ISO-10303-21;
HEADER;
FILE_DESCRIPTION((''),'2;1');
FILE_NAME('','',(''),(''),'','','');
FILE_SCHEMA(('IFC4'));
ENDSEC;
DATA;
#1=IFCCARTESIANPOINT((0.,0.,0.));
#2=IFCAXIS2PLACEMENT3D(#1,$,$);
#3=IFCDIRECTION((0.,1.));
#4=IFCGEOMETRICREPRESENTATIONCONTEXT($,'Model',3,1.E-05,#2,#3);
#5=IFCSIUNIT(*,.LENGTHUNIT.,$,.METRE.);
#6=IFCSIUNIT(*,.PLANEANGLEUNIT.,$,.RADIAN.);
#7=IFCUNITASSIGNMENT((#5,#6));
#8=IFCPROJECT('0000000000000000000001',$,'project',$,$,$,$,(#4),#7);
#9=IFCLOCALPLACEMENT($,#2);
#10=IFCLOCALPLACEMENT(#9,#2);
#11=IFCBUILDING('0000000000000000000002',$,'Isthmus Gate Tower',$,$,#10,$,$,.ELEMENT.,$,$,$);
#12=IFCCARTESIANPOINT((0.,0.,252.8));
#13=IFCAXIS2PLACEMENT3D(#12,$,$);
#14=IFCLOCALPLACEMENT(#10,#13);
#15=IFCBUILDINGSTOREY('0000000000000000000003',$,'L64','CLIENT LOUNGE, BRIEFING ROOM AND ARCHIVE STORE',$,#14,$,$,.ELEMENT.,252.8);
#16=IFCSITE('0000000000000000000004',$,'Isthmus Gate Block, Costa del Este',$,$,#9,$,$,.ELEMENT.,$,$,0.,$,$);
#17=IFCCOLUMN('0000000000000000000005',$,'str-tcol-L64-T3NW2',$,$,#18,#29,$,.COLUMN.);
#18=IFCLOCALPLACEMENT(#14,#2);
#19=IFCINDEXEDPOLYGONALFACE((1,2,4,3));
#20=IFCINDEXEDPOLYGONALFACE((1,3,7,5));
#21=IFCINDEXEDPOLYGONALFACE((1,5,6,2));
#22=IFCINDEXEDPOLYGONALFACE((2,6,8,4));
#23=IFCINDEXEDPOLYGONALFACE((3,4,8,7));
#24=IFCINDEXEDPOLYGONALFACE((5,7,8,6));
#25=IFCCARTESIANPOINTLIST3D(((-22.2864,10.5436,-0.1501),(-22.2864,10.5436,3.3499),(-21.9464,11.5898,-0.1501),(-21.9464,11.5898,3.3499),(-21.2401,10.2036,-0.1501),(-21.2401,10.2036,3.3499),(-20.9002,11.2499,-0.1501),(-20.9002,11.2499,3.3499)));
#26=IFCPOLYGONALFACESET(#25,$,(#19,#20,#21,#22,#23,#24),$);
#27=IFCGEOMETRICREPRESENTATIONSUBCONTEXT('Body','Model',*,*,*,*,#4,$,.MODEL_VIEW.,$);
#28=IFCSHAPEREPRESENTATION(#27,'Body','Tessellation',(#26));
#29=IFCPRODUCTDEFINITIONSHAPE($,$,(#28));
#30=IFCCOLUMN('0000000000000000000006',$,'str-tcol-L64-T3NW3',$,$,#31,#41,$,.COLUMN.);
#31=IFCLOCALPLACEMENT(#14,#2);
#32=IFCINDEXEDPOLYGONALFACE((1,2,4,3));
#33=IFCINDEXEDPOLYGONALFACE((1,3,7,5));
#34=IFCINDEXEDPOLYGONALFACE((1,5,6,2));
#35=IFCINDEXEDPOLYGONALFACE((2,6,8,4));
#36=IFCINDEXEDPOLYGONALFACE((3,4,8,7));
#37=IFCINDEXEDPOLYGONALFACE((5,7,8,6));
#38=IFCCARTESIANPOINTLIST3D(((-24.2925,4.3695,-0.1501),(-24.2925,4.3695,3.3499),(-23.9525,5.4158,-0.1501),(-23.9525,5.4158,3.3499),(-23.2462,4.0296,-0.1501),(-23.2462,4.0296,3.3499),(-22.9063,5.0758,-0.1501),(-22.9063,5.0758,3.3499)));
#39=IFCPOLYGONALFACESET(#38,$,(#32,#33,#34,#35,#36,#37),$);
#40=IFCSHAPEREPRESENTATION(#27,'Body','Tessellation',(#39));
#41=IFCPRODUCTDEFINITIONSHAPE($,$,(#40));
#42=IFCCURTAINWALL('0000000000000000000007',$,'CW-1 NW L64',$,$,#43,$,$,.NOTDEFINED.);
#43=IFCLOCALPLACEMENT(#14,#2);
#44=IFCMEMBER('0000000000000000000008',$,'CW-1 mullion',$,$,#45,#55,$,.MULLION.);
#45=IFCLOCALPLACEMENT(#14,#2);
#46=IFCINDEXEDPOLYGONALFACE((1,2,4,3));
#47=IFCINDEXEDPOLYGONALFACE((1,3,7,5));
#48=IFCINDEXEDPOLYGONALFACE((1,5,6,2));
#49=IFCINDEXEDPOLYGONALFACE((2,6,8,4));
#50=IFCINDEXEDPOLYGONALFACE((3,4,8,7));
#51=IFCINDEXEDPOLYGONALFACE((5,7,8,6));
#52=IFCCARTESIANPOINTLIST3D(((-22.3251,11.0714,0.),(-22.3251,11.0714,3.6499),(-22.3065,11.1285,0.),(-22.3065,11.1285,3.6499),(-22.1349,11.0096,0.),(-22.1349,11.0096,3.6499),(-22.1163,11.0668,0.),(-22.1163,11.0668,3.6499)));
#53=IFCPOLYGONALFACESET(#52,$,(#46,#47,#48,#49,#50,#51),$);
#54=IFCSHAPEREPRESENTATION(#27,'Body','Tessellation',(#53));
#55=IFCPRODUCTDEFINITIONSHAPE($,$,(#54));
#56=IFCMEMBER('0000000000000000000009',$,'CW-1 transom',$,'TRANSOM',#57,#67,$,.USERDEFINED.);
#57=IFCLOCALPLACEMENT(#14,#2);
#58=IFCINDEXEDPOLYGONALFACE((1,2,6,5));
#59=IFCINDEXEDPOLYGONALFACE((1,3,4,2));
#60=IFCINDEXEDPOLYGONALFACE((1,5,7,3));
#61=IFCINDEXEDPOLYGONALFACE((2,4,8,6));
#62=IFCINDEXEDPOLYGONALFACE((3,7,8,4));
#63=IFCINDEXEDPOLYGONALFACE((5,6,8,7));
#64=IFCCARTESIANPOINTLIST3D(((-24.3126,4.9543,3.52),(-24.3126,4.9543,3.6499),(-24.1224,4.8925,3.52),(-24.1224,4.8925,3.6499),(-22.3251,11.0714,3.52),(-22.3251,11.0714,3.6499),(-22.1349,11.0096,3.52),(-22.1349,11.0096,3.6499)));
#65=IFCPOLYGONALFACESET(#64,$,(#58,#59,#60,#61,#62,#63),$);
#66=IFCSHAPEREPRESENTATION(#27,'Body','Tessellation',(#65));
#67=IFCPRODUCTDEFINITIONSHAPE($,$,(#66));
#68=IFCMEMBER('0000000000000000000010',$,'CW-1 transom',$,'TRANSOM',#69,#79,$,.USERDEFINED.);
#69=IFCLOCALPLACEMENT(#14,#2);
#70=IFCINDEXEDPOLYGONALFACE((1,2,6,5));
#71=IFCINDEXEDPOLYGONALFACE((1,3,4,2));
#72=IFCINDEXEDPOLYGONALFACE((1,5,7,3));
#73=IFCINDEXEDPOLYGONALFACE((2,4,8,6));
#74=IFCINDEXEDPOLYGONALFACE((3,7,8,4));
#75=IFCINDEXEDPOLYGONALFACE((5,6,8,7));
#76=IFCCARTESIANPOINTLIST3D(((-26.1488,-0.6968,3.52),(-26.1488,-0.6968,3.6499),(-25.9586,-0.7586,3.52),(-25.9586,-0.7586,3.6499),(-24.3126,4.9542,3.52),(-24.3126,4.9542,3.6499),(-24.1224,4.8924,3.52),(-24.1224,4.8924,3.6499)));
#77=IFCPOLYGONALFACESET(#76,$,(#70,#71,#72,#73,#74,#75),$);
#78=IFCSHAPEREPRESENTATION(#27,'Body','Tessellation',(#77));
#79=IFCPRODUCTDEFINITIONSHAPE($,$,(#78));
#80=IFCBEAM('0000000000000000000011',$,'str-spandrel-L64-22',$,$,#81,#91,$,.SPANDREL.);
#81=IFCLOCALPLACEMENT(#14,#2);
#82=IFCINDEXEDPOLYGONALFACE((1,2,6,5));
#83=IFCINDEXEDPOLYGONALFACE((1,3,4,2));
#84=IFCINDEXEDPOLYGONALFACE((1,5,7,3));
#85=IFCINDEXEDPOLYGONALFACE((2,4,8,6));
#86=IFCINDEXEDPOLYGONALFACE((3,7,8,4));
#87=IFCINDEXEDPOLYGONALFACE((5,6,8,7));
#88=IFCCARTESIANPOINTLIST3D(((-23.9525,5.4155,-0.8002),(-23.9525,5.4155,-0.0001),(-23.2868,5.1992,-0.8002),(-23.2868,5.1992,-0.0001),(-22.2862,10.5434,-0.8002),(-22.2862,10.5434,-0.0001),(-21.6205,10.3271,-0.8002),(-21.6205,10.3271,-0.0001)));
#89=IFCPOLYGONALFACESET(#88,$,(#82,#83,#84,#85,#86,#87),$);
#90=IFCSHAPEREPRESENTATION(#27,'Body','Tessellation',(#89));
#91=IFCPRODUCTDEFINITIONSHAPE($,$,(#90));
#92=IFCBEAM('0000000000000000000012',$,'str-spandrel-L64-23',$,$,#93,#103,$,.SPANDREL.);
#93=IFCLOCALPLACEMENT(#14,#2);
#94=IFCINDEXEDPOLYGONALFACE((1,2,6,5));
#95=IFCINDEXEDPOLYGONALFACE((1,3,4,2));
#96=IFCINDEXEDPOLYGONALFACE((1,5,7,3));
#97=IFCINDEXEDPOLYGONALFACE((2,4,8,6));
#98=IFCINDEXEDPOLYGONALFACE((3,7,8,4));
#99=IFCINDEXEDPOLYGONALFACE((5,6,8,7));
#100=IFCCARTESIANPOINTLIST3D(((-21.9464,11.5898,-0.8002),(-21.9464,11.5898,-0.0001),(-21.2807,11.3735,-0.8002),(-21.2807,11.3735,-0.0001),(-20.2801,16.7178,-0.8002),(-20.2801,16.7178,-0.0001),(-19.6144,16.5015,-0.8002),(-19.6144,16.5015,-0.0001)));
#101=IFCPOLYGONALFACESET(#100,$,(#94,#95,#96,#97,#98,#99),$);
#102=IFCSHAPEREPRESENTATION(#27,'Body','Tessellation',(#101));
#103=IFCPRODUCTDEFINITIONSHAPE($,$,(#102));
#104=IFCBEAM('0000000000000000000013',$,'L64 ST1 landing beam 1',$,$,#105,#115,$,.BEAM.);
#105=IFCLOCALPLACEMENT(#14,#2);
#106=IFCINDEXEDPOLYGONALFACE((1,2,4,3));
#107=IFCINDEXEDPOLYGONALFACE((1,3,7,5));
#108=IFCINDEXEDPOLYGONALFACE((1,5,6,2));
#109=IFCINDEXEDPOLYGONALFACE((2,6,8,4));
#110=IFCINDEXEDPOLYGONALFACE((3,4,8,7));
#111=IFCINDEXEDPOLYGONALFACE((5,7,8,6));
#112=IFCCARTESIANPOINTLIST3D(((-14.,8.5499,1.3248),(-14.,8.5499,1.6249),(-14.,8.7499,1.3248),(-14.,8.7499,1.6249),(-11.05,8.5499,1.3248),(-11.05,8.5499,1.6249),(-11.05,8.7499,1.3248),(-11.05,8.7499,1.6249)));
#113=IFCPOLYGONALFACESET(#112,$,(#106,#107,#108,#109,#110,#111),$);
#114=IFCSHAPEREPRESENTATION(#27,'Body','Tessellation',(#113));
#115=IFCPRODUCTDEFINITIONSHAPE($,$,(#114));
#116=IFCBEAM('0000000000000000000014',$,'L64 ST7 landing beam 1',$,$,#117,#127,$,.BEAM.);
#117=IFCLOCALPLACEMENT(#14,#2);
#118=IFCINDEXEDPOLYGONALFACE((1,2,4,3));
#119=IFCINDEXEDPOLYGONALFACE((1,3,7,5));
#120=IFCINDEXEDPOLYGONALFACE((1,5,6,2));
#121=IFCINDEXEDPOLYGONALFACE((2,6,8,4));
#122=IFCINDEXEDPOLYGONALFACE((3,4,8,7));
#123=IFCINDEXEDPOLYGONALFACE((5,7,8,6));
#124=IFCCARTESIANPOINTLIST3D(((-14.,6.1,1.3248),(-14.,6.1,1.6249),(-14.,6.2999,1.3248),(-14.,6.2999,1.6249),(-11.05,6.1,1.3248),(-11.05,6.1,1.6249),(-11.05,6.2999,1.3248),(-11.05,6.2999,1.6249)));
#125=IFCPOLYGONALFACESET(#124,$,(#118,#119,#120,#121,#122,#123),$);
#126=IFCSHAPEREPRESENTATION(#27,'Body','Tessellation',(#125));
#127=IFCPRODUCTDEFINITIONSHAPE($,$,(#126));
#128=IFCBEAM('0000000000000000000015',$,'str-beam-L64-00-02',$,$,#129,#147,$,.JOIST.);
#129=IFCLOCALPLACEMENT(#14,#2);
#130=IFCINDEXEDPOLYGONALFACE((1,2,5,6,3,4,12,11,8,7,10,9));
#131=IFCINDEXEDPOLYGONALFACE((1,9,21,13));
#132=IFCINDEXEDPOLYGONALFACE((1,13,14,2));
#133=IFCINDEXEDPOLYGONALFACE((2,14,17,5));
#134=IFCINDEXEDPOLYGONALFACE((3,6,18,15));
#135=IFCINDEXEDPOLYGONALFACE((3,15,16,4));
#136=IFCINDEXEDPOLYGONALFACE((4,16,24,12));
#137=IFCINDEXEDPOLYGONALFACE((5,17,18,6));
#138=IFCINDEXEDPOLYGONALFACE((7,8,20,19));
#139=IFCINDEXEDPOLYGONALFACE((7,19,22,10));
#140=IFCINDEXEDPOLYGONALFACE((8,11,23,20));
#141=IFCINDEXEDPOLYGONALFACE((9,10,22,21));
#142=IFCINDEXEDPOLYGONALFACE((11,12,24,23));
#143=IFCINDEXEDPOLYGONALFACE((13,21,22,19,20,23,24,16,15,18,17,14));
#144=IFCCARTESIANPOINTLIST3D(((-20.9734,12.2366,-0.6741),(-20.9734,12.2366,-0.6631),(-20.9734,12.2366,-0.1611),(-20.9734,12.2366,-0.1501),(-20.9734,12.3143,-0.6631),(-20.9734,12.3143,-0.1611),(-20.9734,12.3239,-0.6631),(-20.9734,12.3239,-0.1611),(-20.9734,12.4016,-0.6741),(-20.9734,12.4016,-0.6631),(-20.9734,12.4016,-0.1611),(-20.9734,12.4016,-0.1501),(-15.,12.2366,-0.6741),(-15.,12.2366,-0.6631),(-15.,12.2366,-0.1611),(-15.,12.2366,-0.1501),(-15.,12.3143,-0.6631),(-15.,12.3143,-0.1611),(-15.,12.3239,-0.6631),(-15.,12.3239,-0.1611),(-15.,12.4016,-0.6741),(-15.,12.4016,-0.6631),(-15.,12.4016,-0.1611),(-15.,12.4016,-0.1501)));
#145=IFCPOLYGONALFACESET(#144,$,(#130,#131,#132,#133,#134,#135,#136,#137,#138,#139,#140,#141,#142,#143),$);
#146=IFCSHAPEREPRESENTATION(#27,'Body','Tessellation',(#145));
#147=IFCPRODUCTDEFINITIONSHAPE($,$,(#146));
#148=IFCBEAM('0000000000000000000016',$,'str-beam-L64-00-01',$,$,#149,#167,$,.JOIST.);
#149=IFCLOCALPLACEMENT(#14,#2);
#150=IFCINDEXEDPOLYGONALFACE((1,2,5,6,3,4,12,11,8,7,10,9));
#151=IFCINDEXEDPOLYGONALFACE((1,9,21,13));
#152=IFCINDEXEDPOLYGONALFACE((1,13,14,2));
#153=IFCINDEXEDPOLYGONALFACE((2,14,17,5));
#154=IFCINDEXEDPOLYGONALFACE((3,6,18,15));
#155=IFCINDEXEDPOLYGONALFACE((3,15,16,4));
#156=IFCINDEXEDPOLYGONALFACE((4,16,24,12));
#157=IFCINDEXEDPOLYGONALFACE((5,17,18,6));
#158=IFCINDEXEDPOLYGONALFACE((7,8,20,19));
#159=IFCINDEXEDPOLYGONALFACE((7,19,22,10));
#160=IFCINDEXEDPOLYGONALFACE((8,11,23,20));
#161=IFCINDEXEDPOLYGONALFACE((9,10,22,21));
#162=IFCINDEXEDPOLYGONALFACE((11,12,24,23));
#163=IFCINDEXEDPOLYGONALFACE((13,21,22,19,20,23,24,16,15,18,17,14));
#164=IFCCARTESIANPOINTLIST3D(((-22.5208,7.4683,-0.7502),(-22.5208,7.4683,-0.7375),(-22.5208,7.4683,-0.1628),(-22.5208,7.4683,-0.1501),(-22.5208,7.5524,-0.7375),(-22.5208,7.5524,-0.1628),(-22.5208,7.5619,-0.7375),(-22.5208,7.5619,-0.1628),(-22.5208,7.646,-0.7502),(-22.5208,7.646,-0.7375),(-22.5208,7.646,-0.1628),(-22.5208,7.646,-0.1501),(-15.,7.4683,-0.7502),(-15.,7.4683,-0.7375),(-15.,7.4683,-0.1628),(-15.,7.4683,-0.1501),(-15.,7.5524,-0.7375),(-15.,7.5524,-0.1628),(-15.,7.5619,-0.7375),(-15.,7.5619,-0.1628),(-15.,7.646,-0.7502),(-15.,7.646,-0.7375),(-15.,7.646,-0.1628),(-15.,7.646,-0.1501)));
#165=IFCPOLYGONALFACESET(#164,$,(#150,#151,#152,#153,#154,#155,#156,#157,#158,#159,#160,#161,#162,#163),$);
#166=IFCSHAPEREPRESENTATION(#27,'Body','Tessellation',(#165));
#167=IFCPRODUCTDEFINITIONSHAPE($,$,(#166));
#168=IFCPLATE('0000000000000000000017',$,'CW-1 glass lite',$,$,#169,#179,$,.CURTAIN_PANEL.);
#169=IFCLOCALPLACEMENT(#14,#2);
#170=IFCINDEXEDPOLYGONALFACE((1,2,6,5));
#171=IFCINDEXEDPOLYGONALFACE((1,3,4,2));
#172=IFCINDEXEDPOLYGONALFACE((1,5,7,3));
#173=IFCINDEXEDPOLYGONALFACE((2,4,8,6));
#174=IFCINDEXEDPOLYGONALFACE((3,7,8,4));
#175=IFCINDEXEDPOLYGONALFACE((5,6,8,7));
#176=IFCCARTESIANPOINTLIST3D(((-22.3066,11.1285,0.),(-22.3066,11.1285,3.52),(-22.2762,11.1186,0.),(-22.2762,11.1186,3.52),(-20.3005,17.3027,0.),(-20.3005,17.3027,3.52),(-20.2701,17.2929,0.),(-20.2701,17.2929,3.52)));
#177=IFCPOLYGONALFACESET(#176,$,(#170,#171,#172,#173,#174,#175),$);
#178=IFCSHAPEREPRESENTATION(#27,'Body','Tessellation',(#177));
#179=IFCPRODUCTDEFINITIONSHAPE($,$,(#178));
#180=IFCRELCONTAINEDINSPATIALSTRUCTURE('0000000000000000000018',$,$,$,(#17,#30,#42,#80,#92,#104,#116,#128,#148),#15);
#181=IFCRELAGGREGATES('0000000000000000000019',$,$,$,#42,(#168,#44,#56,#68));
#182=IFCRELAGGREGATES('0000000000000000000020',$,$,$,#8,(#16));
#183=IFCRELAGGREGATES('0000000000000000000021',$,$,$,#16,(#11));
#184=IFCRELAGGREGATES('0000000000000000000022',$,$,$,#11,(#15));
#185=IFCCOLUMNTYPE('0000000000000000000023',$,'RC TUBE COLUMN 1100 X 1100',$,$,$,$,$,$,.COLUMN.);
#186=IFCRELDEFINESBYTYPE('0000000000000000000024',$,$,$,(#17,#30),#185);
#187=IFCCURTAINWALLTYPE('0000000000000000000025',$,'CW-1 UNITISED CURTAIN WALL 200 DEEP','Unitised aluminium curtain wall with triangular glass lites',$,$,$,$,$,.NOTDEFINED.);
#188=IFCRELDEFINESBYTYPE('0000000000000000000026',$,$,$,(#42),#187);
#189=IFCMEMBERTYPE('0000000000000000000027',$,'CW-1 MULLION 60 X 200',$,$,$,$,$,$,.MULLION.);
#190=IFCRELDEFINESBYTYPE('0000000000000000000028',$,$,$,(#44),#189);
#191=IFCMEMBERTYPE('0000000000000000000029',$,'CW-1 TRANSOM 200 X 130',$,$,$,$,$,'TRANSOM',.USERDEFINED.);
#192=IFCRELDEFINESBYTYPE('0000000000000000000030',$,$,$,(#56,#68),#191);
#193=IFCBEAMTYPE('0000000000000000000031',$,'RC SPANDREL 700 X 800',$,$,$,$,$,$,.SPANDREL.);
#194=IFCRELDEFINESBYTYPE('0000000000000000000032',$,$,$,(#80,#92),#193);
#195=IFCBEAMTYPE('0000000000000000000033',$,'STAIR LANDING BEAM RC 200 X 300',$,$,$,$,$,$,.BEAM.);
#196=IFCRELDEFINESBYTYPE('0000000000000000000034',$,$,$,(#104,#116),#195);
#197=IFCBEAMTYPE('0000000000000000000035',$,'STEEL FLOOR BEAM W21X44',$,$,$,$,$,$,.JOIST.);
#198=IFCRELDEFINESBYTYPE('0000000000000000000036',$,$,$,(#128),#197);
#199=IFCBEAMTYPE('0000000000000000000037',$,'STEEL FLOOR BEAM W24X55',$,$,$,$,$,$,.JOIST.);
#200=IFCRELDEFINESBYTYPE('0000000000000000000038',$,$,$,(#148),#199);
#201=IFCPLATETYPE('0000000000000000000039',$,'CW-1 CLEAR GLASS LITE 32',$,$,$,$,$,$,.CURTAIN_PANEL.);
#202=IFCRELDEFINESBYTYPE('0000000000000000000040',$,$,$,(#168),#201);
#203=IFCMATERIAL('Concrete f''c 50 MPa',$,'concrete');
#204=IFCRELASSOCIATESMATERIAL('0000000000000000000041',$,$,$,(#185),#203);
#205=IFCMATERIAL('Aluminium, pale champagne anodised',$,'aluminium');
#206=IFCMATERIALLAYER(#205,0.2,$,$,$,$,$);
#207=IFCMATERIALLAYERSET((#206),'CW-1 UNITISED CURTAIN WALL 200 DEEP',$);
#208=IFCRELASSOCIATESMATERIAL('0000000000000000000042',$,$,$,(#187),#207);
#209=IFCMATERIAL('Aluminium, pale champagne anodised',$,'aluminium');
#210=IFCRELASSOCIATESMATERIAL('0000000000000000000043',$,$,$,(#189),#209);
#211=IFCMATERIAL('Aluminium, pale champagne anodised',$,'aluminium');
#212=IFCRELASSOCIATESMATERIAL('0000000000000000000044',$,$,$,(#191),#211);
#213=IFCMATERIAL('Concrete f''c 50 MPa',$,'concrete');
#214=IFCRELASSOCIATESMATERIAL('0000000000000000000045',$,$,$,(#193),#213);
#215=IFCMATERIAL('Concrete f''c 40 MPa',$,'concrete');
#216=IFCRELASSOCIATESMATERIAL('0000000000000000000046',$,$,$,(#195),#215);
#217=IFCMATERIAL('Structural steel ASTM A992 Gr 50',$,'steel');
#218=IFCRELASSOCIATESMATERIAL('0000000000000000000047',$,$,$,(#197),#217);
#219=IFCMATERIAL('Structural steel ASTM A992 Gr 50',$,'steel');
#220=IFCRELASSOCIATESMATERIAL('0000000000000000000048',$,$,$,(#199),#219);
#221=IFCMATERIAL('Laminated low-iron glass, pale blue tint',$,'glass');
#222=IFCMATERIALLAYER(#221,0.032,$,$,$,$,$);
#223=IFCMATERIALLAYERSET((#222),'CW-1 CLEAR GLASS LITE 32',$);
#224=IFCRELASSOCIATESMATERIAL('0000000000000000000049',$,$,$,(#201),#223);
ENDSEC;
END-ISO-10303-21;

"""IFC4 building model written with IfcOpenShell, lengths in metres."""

from ifc_helpers import new_model, si_unit, direction, frame, origin, origin_2d, place, context, subcontext, project, spatial, rectangle, i_section, extrude, material, layer, layer_set, material_profile, profile_set, type_object, element, aggregate, save


model = new_model("IFC4")

# Units and contexts
model_context = context("Model", 3, precision=1e-05, world=origin(), true_north=direction((0.0, 1.0)))
body_context = subcontext(model_context, "Body", "Model", "MODEL_VIEW")
ifc_project = project(units=[si_unit("LENGTHUNIT", "METRE"), si_unit("PLANEANGLEUNIT", "RADIAN")], contexts=[model_context])

# Site, building, storey
site_placement = place(None, origin())
site = spatial("IfcSite", under=ifc_project, at=site_placement, Name="Isthmus Gate Block, Costa del Este", CompositionType="ELEMENT", RefElevation=0.0)
building_placement = place(site_placement, origin())
building = spatial("IfcBuilding", under=site, at=building_placement, Name="Isthmus Gate Tower", CompositionType="ELEMENT")
storey_placement = place(building_placement, frame((0.0, 0.0, 252.8)))
storey = spatial("IfcBuildingStorey", under=building, at=storey_placement, Name="L64", Description="CLIENT LOUNGE, BRIEFING ROOM AND ARCHIVE STORE", CompositionType="ELEMENT", Elevation=252.8)

# Columns
ifc_material_1 = material(Name="Concrete f'c 50 MPa", Category="concrete")
ifc_material_profile_1 = material_profile(ifc_material_1, rectangle(XDim=1.1001, YDim=1.1001, at=origin_2d()), Name="RC 1100X1100")
ifc_profile_set_1 = profile_set([ifc_material_profile_1], Name="Concrete f'c 50 MPa")
column_type = type_object("IfcColumnType", Name="RC TUBE COLUMN 1100 X 1100", PredefinedType="COLUMN", material=ifc_profile_set_1)
for number, where, z_axis, x_axis, name in (
    (1, (-21.5933, 10.8967, -0.1501), (0.0, 0.0, 1.0), (-0.309017, -0.951057, 0.0), "str-tcol-L64-T3NW2"),
    (2, (-23.5994, 4.7227, -0.1501), (0.0, 0.0, 1.0), (-0.309017, -0.951057, 0.0), "str-tcol-L64-T3NW3"),
):
    element("IfcColumn", number, at=place(storey_placement, frame(where, z_axis=z_axis, x_axis=x_axis)), inside=storey, type_object=column_type, Name=name, PredefinedType="COLUMN", context=body_context, shape_type="SweptSolid", body=[
        extrude(rectangle(XDim=1.1001, YDim=1.1001, at=origin_2d()), origin(), (0.0, 0.0, 1.0), 3.5),
    ])

# Curtain wall, members
ifc_material_2 = material(Name="Aluminium, pale champagne anodised", Category="aluminium")
ifc_layer_1 = layer(ifc_material_2, 0.2)
ifc_layer_set_1 = layer_set([ifc_layer_1], Name="CW-1 UNITISED CURTAIN WALL 200 DEEP")
curtain_wall_type = type_object("IfcCurtainWallType", Name="CW-1 UNITISED CURTAIN WALL 200 DEEP", Description="Unitised aluminium curtain wall with triangular glass lites", PredefinedType="NOTDEFINED", material=ifc_layer_set_1)
curtain_wall_placement = place(storey_placement, origin())
curtain_wall = element("IfcCurtainWall", 3, at=curtain_wall_placement, inside=storey, type_object=curtain_wall_type, Name="CW-1 NW L64", PredefinedType="NOTDEFINED")
ifc_material_3 = material(Name="Aluminium, pale champagne anodised", Category="aluminium")
ifc_material_profile_2 = material_profile(ifc_material_3, rectangle(XDim=0.0601, YDim=0.2, at=origin_2d()), Name="60x200")
ifc_profile_set_2 = profile_set([ifc_material_profile_2], Name="Aluminium, pale champagne anodised")
member_type_1 = type_object("IfcMemberType", Name="CW-1 MULLION 60 X 200", PredefinedType="MULLION", material=ifc_profile_set_2)
member_1_placement = place(storey_placement, frame((-22.2207, 11.0691, 0.0), z_axis=(0.0, 0.0, 1.0), x_axis=(-0.309017, -0.951057, 0.0)))
member_1 = element("IfcMember", 4, at=member_1_placement, type_object=member_type_1, Name="CW-1 mullion", PredefinedType="MULLION", context=body_context, shape_type="SweptSolid", body=[
    extrude(rectangle(XDim=0.0601, YDim=0.2, at=origin_2d()), origin(), (0.0, 0.0, 1.0), 3.6499),
])
ifc_material_4 = material(Name="Aluminium, pale champagne anodised", Category="aluminium")
ifc_material_profile_3 = material_profile(ifc_material_4, rectangle(XDim=0.2, YDim=0.1299, at=origin_2d()), Name="200x130")
ifc_profile_set_3 = profile_set([ifc_material_profile_3], Name="Aluminium, pale champagne anodised")
member_type_2 = type_object("IfcMemberType", Name="CW-1 TRANSOM 200 X 130", ElementType="TRANSOM", PredefinedType="USERDEFINED", material=ifc_profile_set_3)
member_2_placement = place(storey_placement, frame((-22.23, 11.0405, 3.585), z_axis=(-0.309011, -0.951059, 0.0), x_axis=(0.951059, -0.309011, 0.0)))
member_2 = element("IfcMember", 5, at=member_2_placement, type_object=member_type_2, Name="CW-1 transom", ObjectType="TRANSOM", PredefinedType="USERDEFINED", context=body_context, shape_type="SweptSolid", body=[
    extrude(rectangle(XDim=0.2, YDim=0.1299, at=origin_2d()), origin(), (0.0, 0.0, 1.0), 6.4319),
])
member_3_placement = place(storey_placement, frame((-24.2175, 4.9233, 3.585), z_axis=(-0.30902, -0.951056, 0.0), x_axis=(0.951056, -0.30902, 0.0)))
member_3 = element("IfcMember", 6, at=member_3_placement, type_object=member_type_2, Name="CW-1 transom", ObjectType="TRANSOM", PredefinedType="USERDEFINED", context=body_context, shape_type="SweptSolid", body=[
    extrude(rectangle(XDim=0.2, YDim=0.1299, at=origin_2d()), origin(), (0.0, 0.0, 1.0), 5.9419),
])

# Beams
ifc_material_5 = material(Name="Concrete f'c 50 MPa", Category="concrete")
ifc_material_profile_4 = material_profile(ifc_material_5, rectangle(XDim=0.7, YDim=0.8, at=origin_2d()), Name="RC 700X800")
ifc_profile_set_4 = profile_set([ifc_material_profile_4], Name="Concrete f'c 50 MPa")
beam_type_1 = type_object("IfcBeamType", Name="RC SPANDREL 700 X 800", PredefinedType="SPANDREL", material=ifc_profile_set_4)
for number, where, z_axis, x_axis, name in (
    (7, (-23.6196, 5.3074, -0.4001), (0.309033, 0.951051, 0.0), (-0.951051, 0.309033, 0.0), "str-spandrel-L64-22"),
    (8, (-21.6135, 11.4817, -0.4001), (0.309033, 0.951051, 0.0), (-0.951051, 0.309033, 0.0), "str-spandrel-L64-23"),
):
    element("IfcBeam", number, at=place(storey_placement, frame(where, z_axis=z_axis, x_axis=x_axis)), inside=storey, type_object=beam_type_1, Name=name, PredefinedType="SPANDREL", context=body_context, shape_type="SweptSolid", body=[
        extrude(rectangle(XDim=0.7, YDim=0.8, at=origin_2d()), origin(), (0.0, 0.0, 1.0), 5.3918),
    ])
ifc_material_6 = material(Name="Concrete f'c 40 MPa", Category="concrete")
ifc_material_profile_5 = material_profile(ifc_material_6, rectangle(XDim=0.2, YDim=0.3, at=origin_2d()), Name="STAIR LANDING BEAM RC 200 X 300")
ifc_profile_set_5 = profile_set([ifc_material_profile_5], Name="Concrete f'c 40 MPa")
beam_type_2 = type_object("IfcBeamType", Name="STAIR LANDING BEAM RC 200 X 300", PredefinedType="BEAM", material=ifc_profile_set_5)
for number, where, z_axis, x_axis, name in (
    (9, (-14.0, 8.6499, 1.4749), (1.0, 0.0, 0.0), (0.0, 1.0, 0.0), "L64 ST1 landing beam 1"),
    (10, (-14.0, 6.2, 1.4749), (1.0, 0.0, 0.0), (0.0, 1.0, 0.0), "L64 ST7 landing beam 1"),
):
    element("IfcBeam", number, at=place(storey_placement, frame(where, z_axis=z_axis, x_axis=x_axis)), inside=storey, type_object=beam_type_2, Name=name, PredefinedType="BEAM", context=body_context, shape_type="SweptSolid", body=[
        extrude(rectangle(XDim=0.2, YDim=0.3, at=origin_2d()), origin(), (0.0, 0.0, 1.0), 2.95),
    ])
ifc_material_7 = material(Name="Structural steel ASTM A992 Gr 50", Category="steel")
ifc_material_profile_6 = material_profile(ifc_material_7, i_section(OverallWidth=0.165, OverallDepth=0.5239, WebThickness=0.0095, FlangeThickness=0.011, at=origin_2d()), Name="W21X44")
ifc_profile_set_6 = profile_set([ifc_material_profile_6], Name="Structural steel ASTM A992 Gr 50")
beam_type_3 = type_object("IfcBeamType", Name="STEEL FLOOR BEAM W21X44", PredefinedType="JOIST", material=ifc_profile_set_6)
beam_1_placement = place(storey_placement, frame((-20.9734, 12.3191, -0.4121), z_axis=(1.0, 0.0, 0.0), x_axis=(0.0, 1.0, 0.0)))
element("IfcBeam", 11, at=beam_1_placement, inside=storey, type_object=beam_type_3, Name="str-beam-L64-00-02", PredefinedType="JOIST", context=body_context, shape_type="SweptSolid", body=[
    extrude(i_section(OverallWidth=0.165, OverallDepth=0.5239, WebThickness=0.0095, FlangeThickness=0.011, at=origin_2d()), origin(), (0.0, 0.0, 1.0), 5.9734),
])
ifc_material_8 = material(Name="Structural steel ASTM A992 Gr 50", Category="steel")
ifc_material_profile_7 = material_profile(ifc_material_8, i_section(OverallWidth=0.1777, OverallDepth=0.6001, WebThickness=0.0095, FlangeThickness=0.0127, at=origin_2d()), Name="W24X55")
ifc_profile_set_7 = profile_set([ifc_material_profile_7], Name="Structural steel ASTM A992 Gr 50")
beam_type_4 = type_object("IfcBeamType", Name="STEEL FLOOR BEAM W24X55", PredefinedType="JOIST", material=ifc_profile_set_7)
beam_2_placement = place(storey_placement, frame((-22.5208, 7.5571, -0.4502), z_axis=(1.0, 0.0, 0.0), x_axis=(0.0, 1.0, 0.0)))
element("IfcBeam", 12, at=beam_2_placement, inside=storey, type_object=beam_type_4, Name="str-beam-L64-00-01", PredefinedType="JOIST", context=body_context, shape_type="SweptSolid", body=[
    extrude(i_section(OverallWidth=0.1777, OverallDepth=0.6001, WebThickness=0.0095, FlangeThickness=0.0127, at=origin_2d()), origin(), (0.0, 0.0, 1.0), 7.5208),
])

# Plate
ifc_material_9 = material(Name="Laminated low-iron glass, pale blue tint", Category="glass")
ifc_layer_2 = layer(ifc_material_9, 0.032)
ifc_layer_set_2 = layer_set([ifc_layer_2], Name="CW-1 CLEAR GLASS LITE 32")
plate_type = type_object("IfcPlateType", Name="CW-1 CLEAR GLASS LITE 32", PredefinedType="CURTAIN_PANEL", material=ifc_layer_set_2)
plate_1_placement = place(storey_placement, frame((-21.2883, 14.2107, 0.0), z_axis=(0.0, 0.0, 1.0), x_axis=(-0.309017, -0.951057, 0.0)))
plate_1 = element("IfcPlate", 13, at=plate_1_placement, type_object=plate_type, Name="CW-1 glass lite", PredefinedType="CURTAIN_PANEL", context=body_context, shape_type="SweptSolid", body=[
    extrude(rectangle(XDim=6.4919, YDim=0.032, at=origin_2d()), origin(), (0.0, 0.0, 1.0), 3.52),
])
aggregate(curtain_wall, [plate_1, member_1, member_2, member_3])

save(model, "model.ifc")
